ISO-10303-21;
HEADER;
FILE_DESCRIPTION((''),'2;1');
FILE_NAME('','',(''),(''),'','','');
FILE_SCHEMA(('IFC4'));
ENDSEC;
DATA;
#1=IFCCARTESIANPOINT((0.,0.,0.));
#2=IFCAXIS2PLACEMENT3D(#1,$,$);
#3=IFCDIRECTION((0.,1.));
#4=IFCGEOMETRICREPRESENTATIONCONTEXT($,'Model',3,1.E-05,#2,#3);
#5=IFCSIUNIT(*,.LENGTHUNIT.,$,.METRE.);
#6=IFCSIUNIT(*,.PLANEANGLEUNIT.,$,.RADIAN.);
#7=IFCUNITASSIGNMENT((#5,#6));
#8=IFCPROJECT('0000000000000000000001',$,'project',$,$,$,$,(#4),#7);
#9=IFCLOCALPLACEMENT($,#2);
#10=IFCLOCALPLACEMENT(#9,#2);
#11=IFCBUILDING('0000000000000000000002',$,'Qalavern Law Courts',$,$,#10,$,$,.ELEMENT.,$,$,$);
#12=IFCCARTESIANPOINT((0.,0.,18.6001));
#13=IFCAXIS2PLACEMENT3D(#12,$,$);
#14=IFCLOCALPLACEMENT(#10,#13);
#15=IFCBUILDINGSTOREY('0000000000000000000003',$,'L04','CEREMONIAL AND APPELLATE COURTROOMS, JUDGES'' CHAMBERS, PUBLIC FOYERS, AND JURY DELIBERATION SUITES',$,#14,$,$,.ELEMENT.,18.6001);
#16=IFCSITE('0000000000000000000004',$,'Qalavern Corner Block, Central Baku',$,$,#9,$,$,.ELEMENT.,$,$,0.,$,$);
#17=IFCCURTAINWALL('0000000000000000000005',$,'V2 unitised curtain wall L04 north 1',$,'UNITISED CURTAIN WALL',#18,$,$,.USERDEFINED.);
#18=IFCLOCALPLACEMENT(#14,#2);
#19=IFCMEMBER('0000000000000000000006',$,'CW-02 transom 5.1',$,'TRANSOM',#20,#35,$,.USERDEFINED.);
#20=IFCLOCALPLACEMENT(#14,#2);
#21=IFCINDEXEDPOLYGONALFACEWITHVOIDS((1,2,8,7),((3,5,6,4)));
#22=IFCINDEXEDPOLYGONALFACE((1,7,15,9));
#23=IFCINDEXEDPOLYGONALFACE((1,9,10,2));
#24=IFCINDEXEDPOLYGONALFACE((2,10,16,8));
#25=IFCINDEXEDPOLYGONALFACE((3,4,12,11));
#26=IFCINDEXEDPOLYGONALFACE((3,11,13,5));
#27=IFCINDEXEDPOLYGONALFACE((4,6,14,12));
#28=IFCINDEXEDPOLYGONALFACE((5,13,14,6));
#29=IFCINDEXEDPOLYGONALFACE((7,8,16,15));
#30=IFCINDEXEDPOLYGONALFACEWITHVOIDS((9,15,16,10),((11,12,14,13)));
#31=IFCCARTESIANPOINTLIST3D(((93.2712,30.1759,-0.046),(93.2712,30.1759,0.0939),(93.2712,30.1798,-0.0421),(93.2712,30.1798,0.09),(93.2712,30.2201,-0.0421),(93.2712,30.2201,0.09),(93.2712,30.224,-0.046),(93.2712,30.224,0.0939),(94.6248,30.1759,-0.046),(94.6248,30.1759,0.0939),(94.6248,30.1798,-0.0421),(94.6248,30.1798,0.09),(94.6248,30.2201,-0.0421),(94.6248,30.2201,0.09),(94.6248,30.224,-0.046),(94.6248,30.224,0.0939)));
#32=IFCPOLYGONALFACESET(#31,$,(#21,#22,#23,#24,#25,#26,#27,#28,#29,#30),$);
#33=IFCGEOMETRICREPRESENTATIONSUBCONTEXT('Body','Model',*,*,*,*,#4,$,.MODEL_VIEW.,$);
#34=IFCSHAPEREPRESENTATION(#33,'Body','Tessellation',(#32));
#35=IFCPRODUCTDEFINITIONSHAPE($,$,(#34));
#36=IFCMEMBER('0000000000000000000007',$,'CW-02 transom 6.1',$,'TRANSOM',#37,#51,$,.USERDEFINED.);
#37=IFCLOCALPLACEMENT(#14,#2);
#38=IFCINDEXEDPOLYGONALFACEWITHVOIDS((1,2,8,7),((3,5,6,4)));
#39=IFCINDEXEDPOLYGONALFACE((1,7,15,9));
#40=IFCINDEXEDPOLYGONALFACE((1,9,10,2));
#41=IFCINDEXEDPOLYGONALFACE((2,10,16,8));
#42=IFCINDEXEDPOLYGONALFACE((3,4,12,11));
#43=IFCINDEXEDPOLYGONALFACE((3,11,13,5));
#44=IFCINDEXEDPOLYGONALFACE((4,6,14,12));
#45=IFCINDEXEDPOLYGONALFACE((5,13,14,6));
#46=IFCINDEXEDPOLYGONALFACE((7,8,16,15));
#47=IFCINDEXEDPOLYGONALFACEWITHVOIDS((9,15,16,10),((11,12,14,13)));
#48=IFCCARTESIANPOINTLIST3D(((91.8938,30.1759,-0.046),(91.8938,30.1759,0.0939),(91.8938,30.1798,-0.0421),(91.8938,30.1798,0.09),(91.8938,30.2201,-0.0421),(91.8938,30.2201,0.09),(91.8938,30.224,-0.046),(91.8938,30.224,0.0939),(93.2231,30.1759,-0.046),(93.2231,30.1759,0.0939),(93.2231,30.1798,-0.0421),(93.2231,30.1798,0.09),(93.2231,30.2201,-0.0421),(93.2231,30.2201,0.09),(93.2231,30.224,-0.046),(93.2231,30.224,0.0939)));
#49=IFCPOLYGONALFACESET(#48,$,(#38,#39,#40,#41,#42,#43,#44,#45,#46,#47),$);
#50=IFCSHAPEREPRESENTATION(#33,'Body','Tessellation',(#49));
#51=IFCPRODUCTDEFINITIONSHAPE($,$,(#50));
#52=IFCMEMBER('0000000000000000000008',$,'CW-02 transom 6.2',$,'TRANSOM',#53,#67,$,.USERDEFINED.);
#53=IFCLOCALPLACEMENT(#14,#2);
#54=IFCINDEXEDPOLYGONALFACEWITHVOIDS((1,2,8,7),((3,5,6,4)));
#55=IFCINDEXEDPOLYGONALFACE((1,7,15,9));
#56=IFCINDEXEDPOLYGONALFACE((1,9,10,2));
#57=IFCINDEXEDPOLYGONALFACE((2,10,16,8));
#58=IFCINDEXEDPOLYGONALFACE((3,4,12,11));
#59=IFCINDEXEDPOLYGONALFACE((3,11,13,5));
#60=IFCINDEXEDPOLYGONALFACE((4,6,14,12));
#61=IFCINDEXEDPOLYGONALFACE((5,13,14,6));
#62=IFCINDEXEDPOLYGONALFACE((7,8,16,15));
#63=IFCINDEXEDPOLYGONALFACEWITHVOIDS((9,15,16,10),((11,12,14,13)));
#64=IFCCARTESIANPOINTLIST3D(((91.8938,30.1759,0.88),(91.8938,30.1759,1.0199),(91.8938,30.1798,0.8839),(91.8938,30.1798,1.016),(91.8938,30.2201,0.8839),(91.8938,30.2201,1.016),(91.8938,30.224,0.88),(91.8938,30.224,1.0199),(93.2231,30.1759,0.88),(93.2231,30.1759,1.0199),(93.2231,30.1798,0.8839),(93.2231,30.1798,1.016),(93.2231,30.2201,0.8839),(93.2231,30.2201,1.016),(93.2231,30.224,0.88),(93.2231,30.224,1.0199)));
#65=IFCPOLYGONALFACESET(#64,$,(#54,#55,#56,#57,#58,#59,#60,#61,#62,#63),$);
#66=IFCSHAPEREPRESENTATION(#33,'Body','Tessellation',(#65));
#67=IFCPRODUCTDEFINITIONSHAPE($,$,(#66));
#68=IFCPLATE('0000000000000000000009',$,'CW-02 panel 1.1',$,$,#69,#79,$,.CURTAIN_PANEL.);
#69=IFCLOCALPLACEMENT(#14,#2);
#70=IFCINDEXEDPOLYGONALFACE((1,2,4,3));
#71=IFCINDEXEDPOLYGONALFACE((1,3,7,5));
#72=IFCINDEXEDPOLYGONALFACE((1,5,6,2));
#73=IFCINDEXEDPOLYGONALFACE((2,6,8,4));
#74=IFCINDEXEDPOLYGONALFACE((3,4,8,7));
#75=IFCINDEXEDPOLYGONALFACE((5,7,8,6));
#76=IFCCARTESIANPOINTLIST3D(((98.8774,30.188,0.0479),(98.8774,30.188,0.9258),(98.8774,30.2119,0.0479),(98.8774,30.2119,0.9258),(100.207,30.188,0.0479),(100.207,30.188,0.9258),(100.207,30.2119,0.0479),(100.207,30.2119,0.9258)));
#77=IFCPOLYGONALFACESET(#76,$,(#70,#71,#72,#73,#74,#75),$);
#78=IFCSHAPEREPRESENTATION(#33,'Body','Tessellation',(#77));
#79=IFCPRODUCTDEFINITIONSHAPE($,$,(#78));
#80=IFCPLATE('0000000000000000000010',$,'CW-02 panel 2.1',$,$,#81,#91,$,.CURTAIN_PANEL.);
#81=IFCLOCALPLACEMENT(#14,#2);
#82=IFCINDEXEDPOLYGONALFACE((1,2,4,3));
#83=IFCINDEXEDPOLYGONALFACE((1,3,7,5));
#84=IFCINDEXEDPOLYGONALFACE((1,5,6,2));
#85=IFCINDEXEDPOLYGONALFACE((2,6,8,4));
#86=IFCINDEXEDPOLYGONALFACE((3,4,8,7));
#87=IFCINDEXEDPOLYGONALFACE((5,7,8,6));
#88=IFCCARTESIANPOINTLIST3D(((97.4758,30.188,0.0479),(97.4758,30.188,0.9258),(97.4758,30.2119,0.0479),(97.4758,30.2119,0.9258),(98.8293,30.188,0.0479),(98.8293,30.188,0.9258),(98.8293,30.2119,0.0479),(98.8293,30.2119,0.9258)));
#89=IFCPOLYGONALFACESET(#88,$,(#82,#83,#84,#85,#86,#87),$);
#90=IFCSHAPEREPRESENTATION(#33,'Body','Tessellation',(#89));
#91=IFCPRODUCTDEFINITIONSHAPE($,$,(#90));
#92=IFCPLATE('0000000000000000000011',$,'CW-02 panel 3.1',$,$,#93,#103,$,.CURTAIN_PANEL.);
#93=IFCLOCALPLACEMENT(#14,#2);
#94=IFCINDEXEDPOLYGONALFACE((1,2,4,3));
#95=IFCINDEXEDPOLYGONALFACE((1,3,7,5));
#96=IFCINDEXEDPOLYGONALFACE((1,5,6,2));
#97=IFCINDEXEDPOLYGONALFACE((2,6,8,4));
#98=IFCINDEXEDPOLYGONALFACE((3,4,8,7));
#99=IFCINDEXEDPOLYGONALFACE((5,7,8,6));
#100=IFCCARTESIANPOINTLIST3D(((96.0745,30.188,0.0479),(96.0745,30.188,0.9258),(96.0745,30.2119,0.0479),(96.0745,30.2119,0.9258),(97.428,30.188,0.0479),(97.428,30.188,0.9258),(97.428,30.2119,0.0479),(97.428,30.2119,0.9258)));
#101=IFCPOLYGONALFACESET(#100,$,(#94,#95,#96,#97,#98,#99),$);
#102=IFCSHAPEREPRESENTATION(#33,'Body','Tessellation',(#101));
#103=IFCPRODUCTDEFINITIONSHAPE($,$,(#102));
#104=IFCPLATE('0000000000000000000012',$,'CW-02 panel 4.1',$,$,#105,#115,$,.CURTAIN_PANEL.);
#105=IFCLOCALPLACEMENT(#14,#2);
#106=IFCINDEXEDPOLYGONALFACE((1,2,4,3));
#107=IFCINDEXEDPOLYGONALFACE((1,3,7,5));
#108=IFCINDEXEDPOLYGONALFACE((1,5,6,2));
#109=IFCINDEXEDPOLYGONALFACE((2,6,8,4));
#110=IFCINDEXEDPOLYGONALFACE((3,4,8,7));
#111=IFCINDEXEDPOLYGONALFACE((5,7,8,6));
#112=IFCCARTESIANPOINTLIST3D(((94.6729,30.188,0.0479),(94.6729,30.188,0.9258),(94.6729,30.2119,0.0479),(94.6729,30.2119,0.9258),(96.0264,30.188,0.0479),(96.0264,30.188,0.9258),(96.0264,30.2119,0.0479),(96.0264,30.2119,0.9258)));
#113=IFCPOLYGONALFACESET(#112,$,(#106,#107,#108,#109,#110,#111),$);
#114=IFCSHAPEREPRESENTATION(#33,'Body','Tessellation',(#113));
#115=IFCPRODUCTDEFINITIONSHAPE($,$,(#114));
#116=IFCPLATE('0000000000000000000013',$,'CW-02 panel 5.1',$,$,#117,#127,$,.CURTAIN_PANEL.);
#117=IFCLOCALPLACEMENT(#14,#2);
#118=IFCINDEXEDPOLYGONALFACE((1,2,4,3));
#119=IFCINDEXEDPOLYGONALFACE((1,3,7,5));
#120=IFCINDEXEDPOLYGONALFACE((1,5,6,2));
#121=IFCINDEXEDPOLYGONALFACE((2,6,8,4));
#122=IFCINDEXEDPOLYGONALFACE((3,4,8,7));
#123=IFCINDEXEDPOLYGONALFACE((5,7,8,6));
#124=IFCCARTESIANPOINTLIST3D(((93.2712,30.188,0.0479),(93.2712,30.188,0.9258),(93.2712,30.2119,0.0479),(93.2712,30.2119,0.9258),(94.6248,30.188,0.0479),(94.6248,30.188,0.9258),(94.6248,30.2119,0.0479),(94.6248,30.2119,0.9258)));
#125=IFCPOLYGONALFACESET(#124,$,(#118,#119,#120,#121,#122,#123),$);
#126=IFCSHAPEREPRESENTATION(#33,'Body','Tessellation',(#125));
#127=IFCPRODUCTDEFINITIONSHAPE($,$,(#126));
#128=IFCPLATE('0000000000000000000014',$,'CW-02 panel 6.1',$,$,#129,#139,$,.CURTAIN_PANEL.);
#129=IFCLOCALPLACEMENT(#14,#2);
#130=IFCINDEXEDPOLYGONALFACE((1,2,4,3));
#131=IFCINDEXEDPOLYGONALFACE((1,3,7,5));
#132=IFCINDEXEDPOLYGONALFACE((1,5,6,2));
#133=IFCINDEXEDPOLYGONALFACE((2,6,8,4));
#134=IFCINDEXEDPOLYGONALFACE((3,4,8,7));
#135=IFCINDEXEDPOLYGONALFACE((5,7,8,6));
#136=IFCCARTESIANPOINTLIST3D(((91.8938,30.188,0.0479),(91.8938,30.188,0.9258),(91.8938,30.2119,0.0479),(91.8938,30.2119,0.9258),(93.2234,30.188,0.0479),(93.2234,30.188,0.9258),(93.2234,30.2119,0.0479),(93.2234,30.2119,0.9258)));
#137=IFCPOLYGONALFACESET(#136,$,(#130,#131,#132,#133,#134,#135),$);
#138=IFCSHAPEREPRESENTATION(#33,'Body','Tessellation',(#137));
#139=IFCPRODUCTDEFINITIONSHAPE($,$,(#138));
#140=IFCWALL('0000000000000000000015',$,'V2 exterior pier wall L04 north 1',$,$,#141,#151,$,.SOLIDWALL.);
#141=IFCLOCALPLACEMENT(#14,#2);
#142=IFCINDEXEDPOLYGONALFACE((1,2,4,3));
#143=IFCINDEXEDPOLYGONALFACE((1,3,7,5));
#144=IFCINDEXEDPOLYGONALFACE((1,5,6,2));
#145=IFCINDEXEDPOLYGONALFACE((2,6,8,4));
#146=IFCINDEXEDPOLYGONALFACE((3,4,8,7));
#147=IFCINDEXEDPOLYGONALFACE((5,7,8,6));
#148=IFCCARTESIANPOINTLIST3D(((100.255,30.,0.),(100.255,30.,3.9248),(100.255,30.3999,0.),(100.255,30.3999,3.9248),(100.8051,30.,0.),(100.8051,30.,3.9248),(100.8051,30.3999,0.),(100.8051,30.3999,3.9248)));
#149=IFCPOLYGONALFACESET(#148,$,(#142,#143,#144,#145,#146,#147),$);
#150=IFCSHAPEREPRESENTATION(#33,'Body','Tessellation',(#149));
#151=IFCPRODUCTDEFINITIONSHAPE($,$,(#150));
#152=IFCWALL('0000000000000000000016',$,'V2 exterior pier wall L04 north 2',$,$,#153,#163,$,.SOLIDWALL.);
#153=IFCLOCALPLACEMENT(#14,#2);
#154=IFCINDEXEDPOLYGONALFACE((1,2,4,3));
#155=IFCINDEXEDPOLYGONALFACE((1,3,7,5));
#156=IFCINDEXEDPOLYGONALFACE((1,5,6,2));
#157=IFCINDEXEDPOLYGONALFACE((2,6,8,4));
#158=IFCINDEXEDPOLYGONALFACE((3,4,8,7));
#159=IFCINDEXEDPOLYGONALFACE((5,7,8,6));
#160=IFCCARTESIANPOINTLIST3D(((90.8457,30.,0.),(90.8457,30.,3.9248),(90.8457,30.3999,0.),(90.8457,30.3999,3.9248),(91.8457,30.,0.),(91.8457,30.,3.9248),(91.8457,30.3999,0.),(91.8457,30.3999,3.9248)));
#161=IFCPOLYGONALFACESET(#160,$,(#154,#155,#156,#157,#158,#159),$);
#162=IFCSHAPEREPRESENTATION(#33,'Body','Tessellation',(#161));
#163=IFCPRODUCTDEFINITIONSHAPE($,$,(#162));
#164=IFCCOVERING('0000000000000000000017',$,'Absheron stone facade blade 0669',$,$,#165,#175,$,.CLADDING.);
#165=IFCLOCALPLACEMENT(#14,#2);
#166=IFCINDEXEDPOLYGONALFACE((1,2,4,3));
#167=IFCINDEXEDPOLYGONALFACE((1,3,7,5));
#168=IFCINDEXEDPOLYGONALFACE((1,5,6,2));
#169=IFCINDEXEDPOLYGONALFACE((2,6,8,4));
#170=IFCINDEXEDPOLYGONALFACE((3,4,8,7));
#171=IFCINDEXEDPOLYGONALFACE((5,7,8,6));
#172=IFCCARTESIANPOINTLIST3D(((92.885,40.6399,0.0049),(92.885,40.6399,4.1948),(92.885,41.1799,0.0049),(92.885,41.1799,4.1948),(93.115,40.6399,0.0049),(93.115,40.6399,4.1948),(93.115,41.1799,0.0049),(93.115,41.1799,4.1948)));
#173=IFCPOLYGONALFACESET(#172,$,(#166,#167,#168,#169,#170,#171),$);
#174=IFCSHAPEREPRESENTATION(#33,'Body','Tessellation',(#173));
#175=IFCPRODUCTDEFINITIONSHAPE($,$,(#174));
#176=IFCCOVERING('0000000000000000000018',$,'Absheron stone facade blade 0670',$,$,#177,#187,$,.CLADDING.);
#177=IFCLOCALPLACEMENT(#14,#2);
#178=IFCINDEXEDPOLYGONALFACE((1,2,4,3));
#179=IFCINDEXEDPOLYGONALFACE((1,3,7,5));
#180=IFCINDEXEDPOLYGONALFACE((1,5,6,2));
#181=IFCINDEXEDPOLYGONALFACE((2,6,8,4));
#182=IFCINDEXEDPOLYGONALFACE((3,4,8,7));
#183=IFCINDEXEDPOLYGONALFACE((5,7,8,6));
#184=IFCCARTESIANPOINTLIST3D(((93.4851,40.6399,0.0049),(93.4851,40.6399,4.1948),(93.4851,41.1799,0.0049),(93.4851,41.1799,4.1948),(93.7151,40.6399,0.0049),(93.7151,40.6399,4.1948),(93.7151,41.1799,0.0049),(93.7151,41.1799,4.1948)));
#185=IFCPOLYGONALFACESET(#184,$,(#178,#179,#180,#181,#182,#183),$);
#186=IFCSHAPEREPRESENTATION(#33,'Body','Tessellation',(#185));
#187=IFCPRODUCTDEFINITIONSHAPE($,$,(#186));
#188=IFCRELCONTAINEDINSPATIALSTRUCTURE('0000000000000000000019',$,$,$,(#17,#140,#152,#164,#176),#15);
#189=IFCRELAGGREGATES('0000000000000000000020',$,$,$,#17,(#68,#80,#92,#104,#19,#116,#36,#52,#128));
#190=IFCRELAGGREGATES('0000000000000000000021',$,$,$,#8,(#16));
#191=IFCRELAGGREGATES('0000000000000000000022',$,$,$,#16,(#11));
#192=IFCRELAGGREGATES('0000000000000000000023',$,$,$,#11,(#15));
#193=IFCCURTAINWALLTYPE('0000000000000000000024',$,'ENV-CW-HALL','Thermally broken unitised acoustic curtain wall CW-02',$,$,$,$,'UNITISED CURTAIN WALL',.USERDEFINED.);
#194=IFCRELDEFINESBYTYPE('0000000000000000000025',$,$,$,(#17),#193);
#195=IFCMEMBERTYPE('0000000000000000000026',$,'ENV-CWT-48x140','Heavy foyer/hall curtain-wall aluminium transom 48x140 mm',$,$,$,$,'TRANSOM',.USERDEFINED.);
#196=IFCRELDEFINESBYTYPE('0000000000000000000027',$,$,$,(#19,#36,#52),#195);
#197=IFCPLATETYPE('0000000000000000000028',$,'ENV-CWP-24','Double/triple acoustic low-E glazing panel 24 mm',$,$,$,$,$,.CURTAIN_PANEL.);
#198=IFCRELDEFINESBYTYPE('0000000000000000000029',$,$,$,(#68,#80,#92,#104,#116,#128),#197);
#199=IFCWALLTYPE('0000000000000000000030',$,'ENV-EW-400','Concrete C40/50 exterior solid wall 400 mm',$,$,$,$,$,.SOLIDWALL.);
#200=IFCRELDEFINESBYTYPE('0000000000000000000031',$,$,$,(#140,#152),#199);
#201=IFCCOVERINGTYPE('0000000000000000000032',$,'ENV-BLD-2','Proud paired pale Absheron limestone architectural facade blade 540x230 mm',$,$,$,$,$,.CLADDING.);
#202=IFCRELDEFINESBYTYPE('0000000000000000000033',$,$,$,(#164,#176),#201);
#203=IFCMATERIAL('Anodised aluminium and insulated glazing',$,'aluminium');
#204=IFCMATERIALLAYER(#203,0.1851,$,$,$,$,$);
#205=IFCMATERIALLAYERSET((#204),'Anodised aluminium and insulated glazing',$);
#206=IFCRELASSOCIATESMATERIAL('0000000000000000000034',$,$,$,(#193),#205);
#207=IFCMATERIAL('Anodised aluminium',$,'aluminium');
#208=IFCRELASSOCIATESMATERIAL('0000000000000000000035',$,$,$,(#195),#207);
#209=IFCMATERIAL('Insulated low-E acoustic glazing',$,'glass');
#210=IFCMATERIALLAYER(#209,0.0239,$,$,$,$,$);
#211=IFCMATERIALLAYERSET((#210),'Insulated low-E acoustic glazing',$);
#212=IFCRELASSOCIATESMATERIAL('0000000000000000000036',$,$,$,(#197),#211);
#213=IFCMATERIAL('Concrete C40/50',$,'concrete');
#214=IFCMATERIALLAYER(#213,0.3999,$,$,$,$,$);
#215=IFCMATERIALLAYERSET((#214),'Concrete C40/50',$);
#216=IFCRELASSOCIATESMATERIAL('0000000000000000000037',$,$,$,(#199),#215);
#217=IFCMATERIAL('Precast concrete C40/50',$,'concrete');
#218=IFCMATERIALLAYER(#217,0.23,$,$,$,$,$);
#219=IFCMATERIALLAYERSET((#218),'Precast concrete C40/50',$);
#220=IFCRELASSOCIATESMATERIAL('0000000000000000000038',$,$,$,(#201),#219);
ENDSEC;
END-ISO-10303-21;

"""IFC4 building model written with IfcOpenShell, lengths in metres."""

from ifc_helpers import new_model, si_unit, direction, frame, frame_2d, origin, origin_2d, place, context, subcontext, project, spatial, rectangle, hollow_rectangle, extrude, material, layer, layer_set, material_profile, profile_set, type_object, element, aggregate, save


model = new_model("IFC4")

# Units and contexts
model_context = context("Model", 3, precision=1e-05, world=origin(), true_north=direction((0.0, 1.0)))
body_context = subcontext(model_context, "Body", "Model", "MODEL_VIEW")
ifc_project = project(units=[si_unit("LENGTHUNIT", "METRE"), si_unit("PLANEANGLEUNIT", "RADIAN")], contexts=[model_context])

# Site, building, storey
site_placement = place(None, origin())
site = spatial("IfcSite", under=ifc_project, at=site_placement, Name="Qalavern Corner Block, Central Baku", CompositionType="ELEMENT", RefElevation=0.0)
building_placement = place(site_placement, origin())
building = spatial("IfcBuilding", under=site, at=building_placement, Name="Qalavern Law Courts", CompositionType="ELEMENT")
storey_placement = place(building_placement, frame((0.0, 0.0, 18.6001)))
storey = spatial("IfcBuildingStorey", under=building, at=storey_placement, Name="L04", Description="CEREMONIAL AND APPELLATE COURTROOMS, JUDGES' CHAMBERS, PUBLIC FOYERS, AND JURY DELIBERATION SUITES", CompositionType="ELEMENT", Elevation=18.6001)

# Curtain wall, members, plates
ifc_material_1 = material(Name="Anodised aluminium and insulated glazing", Category="aluminium")
ifc_layer_1 = layer(ifc_material_1, 0.1851)
ifc_layer_set_1 = layer_set([ifc_layer_1], Name="Anodised aluminium and insulated glazing")
curtain_wall_type = type_object("IfcCurtainWallType", Name="ENV-CW-HALL", Description="Thermally broken unitised acoustic curtain wall CW-02", ElementType="UNITISED CURTAIN WALL", PredefinedType="USERDEFINED", material=ifc_layer_set_1)
curtain_wall_placement = place(storey_placement, origin())
curtain_wall = element("IfcCurtainWall", 1, at=curtain_wall_placement, inside=storey, type_object=curtain_wall_type, Name="V2 unitised curtain wall L04 north 1", ObjectType="UNITISED CURTAIN WALL", PredefinedType="USERDEFINED")
ifc_material_2 = material(Name="Anodised aluminium", Category="aluminium")
ifc_material_profile_1 = material_profile(ifc_material_2, hollow_rectangle(XDim=0.0481, YDim=0.1399, WallThickness=0.0039, at=origin_2d()), Name="ALU TRANSOM 48x140")
ifc_profile_set_1 = profile_set([ifc_material_profile_1], Name="Anodised aluminium")
member_type_1 = type_object("IfcMemberType", Name="ENV-CWT-48x140", Description="Heavy foyer/hall curtain-wall aluminium transom 48x140 mm", ElementType="TRANSOM", PredefinedType="USERDEFINED", material=ifc_profile_set_1)
member_1_placement = place(storey_placement, frame((94.6248, 30.2, 0.0239), z_axis=(-1.0, 0.0, 0.0), x_axis=(0.0, -1.0, 0.0)))
member_1 = element("IfcMember", 2, at=member_1_placement, type_object=member_type_1, Name="CW-02 transom 5.1", ObjectType="TRANSOM", PredefinedType="USERDEFINED", context=body_context, shape_type="SweptSolid", body=[
    extrude(hollow_rectangle(XDim=0.0481, YDim=0.1399, WallThickness=0.0039, at=origin_2d()), origin(), (0.0, 0.0, 1.0), 1.3535),
])
member_2_placement = place(storey_placement, frame((93.2231, 30.2, 0.0239), z_axis=(-1.0, 0.0, 0.0), x_axis=(0.0, -1.0, 0.0)))
member_2 = element("IfcMember", 3, at=member_2_placement, type_object=member_type_1, Name="CW-02 transom 6.1", ObjectType="TRANSOM", PredefinedType="USERDEFINED", context=body_context, shape_type="SweptSolid", body=[
    extrude(hollow_rectangle(XDim=0.0481, YDim=0.1399, WallThickness=0.0039, at=origin_2d()), origin(), (0.0, 0.0, 1.0), 1.3293),
])
member_3_placement = place(storey_placement, frame((93.2231, 30.2, 0.95), z_axis=(-1.0, 0.0, 0.0), x_axis=(0.0, -1.0, 0.0)))
member_3 = element("IfcMember", 4, at=member_3_placement, type_object=member_type_1, Name="CW-02 transom 6.2", ObjectType="TRANSOM", PredefinedType="USERDEFINED", context=body_context, shape_type="SweptSolid", body=[
    extrude(hollow_rectangle(XDim=0.0481, YDim=0.1399, WallThickness=0.0039, at=origin_2d()), origin(), (0.0, 0.0, 1.0), 1.3293),
])
ifc_material_3 = material(Name="Insulated low-E acoustic glazing", Category="glass")
ifc_layer_2 = layer(ifc_material_3, 0.0239)
ifc_layer_set_2 = layer_set([ifc_layer_2], Name="Insulated low-E acoustic glazing")
plate_type = type_object("IfcPlateType", Name="ENV-CWP-24", Description="Double/triple acoustic low-E glazing panel 24 mm", PredefinedType="CURTAIN_PANEL", material=ifc_layer_set_2)
plate_1_placement = place(storey_placement, frame((99.5422, 30.2, 0.0479), z_axis=(0.0, 0.0, 1.0), x_axis=(-1.0, 0.0, 0.0)))
plate_1 = element("IfcPlate", 5, at=plate_1_placement, type_object=plate_type, Name="CW-02 panel 1.1", PredefinedType="CURTAIN_PANEL", context=body_context, shape_type="SweptSolid", body=[
    extrude(rectangle(XDim=1.3296, YDim=0.0239, at=origin_2d()), origin(), (0.0, 0.0, 1.0), 0.8779),
])
plate_2_placement = place(storey_placement, frame((98.1526, 30.2, 0.0479), z_axis=(0.0, 0.0, 1.0), x_axis=(-1.0, 0.0, 0.0)))
plate_2 = element("IfcPlate", 6, at=plate_2_placement, type_object=plate_type, Name="CW-02 panel 2.1", PredefinedType="CURTAIN_PANEL", context=body_context, shape_type="SweptSolid", body=[
    extrude(rectangle(XDim=1.3535, YDim=0.0239, at=origin_2d()), origin(), (0.0, 0.0, 1.0), 0.8779),
])
plate_3_placement = place(storey_placement, frame((96.7512, 30.2, 0.0479), z_axis=(0.0, 0.0, 1.0), x_axis=(-1.0, 0.0, 0.0)))
plate_3 = element("IfcPlate", 7, at=plate_3_placement, type_object=plate_type, Name="CW-02 panel 3.1", PredefinedType="CURTAIN_PANEL", context=body_context, shape_type="SweptSolid", body=[
    extrude(rectangle(XDim=1.3535, YDim=0.0239, at=origin_2d()), origin(), (0.0, 0.0, 1.0), 0.8779),
])
plate_4_placement = place(storey_placement, frame((95.3496, 30.2, 0.0479), z_axis=(0.0, 0.0, 1.0), x_axis=(-1.0, 0.0, 0.0)))
plate_4 = element("IfcPlate", 8, at=plate_4_placement, type_object=plate_type, Name="CW-02 panel 4.1", PredefinedType="CURTAIN_PANEL", context=body_context, shape_type="SweptSolid", body=[
    extrude(rectangle(XDim=1.3535, YDim=0.0239, at=origin_2d()), origin(), (0.0, 0.0, 1.0), 0.8779),
])
plate_5_placement = place(storey_placement, frame((93.948, 30.2, 0.0479), z_axis=(0.0, 0.0, 1.0), x_axis=(-1.0, 0.0, 0.0)))
plate_5 = element("IfcPlate", 9, at=plate_5_placement, type_object=plate_type, Name="CW-02 panel 5.1", PredefinedType="CURTAIN_PANEL", context=body_context, shape_type="SweptSolid", body=[
    extrude(rectangle(XDim=1.3535, YDim=0.0239, at=origin_2d()), origin(), (0.0, 0.0, 1.0), 0.8779),
])
plate_6_placement = place(storey_placement, frame((92.5586, 30.2, 0.0479), z_axis=(0.0, 0.0, 1.0), x_axis=(-1.0, 0.0, 0.0)))
plate_6 = element("IfcPlate", 10, at=plate_6_placement, type_object=plate_type, Name="CW-02 panel 6.1", PredefinedType="CURTAIN_PANEL", context=body_context, shape_type="SweptSolid", body=[
    extrude(rectangle(XDim=1.3296, YDim=0.0239, at=origin_2d()), origin(), (0.0, 0.0, 1.0), 0.8779),
])
aggregate(curtain_wall, [plate_1, plate_2, plate_3, plate_4, member_1, plate_5, member_2, member_3, plate_6])

# Walls
ifc_material_4 = material(Name="Concrete C40/50", Category="concrete")
ifc_layer_3 = layer(ifc_material_4, 0.3999)
ifc_layer_set_3 = layer_set([ifc_layer_3], Name="Concrete C40/50")
wall_type = type_object("IfcWallType", Name="ENV-EW-400", Description="Concrete C40/50 exterior solid wall 400 mm", PredefinedType="SOLIDWALL", material=ifc_layer_set_3)
wall_1_placement = place(storey_placement, frame((100.8049, 30.2, 0.0), z_axis=(0.0, 0.0, 1.0), x_axis=(-1.0, 0.0, 0.0)))
element("IfcWall", 11, at=wall_1_placement, inside=storey, type_object=wall_type, Name="V2 exterior pier wall L04 north 1", PredefinedType="SOLIDWALL", context=body_context, shape_type="SweptSolid", body=[
    extrude(rectangle(XDim=0.55, YDim=0.3999, at=frame_2d((0.2749, 0.0))), origin(), (0.0, 0.0, 1.0), 3.9248),
])
wall_2_placement = place(storey_placement, frame((91.8457, 30.2, 0.0), z_axis=(0.0, 0.0, 1.0), x_axis=(-1.0, 0.0, 0.0)))
element("IfcWall", 12, at=wall_2_placement, inside=storey, type_object=wall_type, Name="V2 exterior pier wall L04 north 2", PredefinedType="SOLIDWALL", context=body_context, shape_type="SweptSolid", body=[
    extrude(rectangle(XDim=1.0, YDim=0.3999, at=frame_2d((0.5, 0.0))), origin(), (0.0, 0.0, 1.0), 3.9248),
])

# Coverings
ifc_material_5 = material(Name="Precast concrete C40/50", Category="concrete")
ifc_layer_4 = layer(ifc_material_5, 0.23)
ifc_layer_set_4 = layer_set([ifc_layer_4], Name="Precast concrete C40/50")
covering_type_1 = type_object("IfcCoveringType", Name="ENV-BLD-2", Description="Proud paired pale Absheron limestone architectural facade blade 540x230 mm", PredefinedType="CLADDING", material=ifc_layer_set_4)
for number, where, z_axis, x_axis, name in (
    (13, (93.0, 40.9099, 0.0049), (0.0, 0.0, 1.0), (0.0, -1.0, 0.0), "Absheron stone facade blade 0669"),
    (14, (93.6001, 40.9099, 0.0049), (0.0, 0.0, 1.0), (0.0, -1.0, 0.0), "Absheron stone facade blade 0670"),
):
    element("IfcCovering", number, at=place(storey_placement, frame(where, z_axis=z_axis, x_axis=x_axis)), inside=storey, type_object=covering_type_1, Name=name, PredefinedType="CLADDING", context=body_context, shape_type="SweptSolid", body=[
        extrude(rectangle(XDim=0.54, YDim=0.23, at=origin_2d()), origin(), (0.0, 0.0, 1.0), 4.1899),
    ])

save(model, "model.ifc")
